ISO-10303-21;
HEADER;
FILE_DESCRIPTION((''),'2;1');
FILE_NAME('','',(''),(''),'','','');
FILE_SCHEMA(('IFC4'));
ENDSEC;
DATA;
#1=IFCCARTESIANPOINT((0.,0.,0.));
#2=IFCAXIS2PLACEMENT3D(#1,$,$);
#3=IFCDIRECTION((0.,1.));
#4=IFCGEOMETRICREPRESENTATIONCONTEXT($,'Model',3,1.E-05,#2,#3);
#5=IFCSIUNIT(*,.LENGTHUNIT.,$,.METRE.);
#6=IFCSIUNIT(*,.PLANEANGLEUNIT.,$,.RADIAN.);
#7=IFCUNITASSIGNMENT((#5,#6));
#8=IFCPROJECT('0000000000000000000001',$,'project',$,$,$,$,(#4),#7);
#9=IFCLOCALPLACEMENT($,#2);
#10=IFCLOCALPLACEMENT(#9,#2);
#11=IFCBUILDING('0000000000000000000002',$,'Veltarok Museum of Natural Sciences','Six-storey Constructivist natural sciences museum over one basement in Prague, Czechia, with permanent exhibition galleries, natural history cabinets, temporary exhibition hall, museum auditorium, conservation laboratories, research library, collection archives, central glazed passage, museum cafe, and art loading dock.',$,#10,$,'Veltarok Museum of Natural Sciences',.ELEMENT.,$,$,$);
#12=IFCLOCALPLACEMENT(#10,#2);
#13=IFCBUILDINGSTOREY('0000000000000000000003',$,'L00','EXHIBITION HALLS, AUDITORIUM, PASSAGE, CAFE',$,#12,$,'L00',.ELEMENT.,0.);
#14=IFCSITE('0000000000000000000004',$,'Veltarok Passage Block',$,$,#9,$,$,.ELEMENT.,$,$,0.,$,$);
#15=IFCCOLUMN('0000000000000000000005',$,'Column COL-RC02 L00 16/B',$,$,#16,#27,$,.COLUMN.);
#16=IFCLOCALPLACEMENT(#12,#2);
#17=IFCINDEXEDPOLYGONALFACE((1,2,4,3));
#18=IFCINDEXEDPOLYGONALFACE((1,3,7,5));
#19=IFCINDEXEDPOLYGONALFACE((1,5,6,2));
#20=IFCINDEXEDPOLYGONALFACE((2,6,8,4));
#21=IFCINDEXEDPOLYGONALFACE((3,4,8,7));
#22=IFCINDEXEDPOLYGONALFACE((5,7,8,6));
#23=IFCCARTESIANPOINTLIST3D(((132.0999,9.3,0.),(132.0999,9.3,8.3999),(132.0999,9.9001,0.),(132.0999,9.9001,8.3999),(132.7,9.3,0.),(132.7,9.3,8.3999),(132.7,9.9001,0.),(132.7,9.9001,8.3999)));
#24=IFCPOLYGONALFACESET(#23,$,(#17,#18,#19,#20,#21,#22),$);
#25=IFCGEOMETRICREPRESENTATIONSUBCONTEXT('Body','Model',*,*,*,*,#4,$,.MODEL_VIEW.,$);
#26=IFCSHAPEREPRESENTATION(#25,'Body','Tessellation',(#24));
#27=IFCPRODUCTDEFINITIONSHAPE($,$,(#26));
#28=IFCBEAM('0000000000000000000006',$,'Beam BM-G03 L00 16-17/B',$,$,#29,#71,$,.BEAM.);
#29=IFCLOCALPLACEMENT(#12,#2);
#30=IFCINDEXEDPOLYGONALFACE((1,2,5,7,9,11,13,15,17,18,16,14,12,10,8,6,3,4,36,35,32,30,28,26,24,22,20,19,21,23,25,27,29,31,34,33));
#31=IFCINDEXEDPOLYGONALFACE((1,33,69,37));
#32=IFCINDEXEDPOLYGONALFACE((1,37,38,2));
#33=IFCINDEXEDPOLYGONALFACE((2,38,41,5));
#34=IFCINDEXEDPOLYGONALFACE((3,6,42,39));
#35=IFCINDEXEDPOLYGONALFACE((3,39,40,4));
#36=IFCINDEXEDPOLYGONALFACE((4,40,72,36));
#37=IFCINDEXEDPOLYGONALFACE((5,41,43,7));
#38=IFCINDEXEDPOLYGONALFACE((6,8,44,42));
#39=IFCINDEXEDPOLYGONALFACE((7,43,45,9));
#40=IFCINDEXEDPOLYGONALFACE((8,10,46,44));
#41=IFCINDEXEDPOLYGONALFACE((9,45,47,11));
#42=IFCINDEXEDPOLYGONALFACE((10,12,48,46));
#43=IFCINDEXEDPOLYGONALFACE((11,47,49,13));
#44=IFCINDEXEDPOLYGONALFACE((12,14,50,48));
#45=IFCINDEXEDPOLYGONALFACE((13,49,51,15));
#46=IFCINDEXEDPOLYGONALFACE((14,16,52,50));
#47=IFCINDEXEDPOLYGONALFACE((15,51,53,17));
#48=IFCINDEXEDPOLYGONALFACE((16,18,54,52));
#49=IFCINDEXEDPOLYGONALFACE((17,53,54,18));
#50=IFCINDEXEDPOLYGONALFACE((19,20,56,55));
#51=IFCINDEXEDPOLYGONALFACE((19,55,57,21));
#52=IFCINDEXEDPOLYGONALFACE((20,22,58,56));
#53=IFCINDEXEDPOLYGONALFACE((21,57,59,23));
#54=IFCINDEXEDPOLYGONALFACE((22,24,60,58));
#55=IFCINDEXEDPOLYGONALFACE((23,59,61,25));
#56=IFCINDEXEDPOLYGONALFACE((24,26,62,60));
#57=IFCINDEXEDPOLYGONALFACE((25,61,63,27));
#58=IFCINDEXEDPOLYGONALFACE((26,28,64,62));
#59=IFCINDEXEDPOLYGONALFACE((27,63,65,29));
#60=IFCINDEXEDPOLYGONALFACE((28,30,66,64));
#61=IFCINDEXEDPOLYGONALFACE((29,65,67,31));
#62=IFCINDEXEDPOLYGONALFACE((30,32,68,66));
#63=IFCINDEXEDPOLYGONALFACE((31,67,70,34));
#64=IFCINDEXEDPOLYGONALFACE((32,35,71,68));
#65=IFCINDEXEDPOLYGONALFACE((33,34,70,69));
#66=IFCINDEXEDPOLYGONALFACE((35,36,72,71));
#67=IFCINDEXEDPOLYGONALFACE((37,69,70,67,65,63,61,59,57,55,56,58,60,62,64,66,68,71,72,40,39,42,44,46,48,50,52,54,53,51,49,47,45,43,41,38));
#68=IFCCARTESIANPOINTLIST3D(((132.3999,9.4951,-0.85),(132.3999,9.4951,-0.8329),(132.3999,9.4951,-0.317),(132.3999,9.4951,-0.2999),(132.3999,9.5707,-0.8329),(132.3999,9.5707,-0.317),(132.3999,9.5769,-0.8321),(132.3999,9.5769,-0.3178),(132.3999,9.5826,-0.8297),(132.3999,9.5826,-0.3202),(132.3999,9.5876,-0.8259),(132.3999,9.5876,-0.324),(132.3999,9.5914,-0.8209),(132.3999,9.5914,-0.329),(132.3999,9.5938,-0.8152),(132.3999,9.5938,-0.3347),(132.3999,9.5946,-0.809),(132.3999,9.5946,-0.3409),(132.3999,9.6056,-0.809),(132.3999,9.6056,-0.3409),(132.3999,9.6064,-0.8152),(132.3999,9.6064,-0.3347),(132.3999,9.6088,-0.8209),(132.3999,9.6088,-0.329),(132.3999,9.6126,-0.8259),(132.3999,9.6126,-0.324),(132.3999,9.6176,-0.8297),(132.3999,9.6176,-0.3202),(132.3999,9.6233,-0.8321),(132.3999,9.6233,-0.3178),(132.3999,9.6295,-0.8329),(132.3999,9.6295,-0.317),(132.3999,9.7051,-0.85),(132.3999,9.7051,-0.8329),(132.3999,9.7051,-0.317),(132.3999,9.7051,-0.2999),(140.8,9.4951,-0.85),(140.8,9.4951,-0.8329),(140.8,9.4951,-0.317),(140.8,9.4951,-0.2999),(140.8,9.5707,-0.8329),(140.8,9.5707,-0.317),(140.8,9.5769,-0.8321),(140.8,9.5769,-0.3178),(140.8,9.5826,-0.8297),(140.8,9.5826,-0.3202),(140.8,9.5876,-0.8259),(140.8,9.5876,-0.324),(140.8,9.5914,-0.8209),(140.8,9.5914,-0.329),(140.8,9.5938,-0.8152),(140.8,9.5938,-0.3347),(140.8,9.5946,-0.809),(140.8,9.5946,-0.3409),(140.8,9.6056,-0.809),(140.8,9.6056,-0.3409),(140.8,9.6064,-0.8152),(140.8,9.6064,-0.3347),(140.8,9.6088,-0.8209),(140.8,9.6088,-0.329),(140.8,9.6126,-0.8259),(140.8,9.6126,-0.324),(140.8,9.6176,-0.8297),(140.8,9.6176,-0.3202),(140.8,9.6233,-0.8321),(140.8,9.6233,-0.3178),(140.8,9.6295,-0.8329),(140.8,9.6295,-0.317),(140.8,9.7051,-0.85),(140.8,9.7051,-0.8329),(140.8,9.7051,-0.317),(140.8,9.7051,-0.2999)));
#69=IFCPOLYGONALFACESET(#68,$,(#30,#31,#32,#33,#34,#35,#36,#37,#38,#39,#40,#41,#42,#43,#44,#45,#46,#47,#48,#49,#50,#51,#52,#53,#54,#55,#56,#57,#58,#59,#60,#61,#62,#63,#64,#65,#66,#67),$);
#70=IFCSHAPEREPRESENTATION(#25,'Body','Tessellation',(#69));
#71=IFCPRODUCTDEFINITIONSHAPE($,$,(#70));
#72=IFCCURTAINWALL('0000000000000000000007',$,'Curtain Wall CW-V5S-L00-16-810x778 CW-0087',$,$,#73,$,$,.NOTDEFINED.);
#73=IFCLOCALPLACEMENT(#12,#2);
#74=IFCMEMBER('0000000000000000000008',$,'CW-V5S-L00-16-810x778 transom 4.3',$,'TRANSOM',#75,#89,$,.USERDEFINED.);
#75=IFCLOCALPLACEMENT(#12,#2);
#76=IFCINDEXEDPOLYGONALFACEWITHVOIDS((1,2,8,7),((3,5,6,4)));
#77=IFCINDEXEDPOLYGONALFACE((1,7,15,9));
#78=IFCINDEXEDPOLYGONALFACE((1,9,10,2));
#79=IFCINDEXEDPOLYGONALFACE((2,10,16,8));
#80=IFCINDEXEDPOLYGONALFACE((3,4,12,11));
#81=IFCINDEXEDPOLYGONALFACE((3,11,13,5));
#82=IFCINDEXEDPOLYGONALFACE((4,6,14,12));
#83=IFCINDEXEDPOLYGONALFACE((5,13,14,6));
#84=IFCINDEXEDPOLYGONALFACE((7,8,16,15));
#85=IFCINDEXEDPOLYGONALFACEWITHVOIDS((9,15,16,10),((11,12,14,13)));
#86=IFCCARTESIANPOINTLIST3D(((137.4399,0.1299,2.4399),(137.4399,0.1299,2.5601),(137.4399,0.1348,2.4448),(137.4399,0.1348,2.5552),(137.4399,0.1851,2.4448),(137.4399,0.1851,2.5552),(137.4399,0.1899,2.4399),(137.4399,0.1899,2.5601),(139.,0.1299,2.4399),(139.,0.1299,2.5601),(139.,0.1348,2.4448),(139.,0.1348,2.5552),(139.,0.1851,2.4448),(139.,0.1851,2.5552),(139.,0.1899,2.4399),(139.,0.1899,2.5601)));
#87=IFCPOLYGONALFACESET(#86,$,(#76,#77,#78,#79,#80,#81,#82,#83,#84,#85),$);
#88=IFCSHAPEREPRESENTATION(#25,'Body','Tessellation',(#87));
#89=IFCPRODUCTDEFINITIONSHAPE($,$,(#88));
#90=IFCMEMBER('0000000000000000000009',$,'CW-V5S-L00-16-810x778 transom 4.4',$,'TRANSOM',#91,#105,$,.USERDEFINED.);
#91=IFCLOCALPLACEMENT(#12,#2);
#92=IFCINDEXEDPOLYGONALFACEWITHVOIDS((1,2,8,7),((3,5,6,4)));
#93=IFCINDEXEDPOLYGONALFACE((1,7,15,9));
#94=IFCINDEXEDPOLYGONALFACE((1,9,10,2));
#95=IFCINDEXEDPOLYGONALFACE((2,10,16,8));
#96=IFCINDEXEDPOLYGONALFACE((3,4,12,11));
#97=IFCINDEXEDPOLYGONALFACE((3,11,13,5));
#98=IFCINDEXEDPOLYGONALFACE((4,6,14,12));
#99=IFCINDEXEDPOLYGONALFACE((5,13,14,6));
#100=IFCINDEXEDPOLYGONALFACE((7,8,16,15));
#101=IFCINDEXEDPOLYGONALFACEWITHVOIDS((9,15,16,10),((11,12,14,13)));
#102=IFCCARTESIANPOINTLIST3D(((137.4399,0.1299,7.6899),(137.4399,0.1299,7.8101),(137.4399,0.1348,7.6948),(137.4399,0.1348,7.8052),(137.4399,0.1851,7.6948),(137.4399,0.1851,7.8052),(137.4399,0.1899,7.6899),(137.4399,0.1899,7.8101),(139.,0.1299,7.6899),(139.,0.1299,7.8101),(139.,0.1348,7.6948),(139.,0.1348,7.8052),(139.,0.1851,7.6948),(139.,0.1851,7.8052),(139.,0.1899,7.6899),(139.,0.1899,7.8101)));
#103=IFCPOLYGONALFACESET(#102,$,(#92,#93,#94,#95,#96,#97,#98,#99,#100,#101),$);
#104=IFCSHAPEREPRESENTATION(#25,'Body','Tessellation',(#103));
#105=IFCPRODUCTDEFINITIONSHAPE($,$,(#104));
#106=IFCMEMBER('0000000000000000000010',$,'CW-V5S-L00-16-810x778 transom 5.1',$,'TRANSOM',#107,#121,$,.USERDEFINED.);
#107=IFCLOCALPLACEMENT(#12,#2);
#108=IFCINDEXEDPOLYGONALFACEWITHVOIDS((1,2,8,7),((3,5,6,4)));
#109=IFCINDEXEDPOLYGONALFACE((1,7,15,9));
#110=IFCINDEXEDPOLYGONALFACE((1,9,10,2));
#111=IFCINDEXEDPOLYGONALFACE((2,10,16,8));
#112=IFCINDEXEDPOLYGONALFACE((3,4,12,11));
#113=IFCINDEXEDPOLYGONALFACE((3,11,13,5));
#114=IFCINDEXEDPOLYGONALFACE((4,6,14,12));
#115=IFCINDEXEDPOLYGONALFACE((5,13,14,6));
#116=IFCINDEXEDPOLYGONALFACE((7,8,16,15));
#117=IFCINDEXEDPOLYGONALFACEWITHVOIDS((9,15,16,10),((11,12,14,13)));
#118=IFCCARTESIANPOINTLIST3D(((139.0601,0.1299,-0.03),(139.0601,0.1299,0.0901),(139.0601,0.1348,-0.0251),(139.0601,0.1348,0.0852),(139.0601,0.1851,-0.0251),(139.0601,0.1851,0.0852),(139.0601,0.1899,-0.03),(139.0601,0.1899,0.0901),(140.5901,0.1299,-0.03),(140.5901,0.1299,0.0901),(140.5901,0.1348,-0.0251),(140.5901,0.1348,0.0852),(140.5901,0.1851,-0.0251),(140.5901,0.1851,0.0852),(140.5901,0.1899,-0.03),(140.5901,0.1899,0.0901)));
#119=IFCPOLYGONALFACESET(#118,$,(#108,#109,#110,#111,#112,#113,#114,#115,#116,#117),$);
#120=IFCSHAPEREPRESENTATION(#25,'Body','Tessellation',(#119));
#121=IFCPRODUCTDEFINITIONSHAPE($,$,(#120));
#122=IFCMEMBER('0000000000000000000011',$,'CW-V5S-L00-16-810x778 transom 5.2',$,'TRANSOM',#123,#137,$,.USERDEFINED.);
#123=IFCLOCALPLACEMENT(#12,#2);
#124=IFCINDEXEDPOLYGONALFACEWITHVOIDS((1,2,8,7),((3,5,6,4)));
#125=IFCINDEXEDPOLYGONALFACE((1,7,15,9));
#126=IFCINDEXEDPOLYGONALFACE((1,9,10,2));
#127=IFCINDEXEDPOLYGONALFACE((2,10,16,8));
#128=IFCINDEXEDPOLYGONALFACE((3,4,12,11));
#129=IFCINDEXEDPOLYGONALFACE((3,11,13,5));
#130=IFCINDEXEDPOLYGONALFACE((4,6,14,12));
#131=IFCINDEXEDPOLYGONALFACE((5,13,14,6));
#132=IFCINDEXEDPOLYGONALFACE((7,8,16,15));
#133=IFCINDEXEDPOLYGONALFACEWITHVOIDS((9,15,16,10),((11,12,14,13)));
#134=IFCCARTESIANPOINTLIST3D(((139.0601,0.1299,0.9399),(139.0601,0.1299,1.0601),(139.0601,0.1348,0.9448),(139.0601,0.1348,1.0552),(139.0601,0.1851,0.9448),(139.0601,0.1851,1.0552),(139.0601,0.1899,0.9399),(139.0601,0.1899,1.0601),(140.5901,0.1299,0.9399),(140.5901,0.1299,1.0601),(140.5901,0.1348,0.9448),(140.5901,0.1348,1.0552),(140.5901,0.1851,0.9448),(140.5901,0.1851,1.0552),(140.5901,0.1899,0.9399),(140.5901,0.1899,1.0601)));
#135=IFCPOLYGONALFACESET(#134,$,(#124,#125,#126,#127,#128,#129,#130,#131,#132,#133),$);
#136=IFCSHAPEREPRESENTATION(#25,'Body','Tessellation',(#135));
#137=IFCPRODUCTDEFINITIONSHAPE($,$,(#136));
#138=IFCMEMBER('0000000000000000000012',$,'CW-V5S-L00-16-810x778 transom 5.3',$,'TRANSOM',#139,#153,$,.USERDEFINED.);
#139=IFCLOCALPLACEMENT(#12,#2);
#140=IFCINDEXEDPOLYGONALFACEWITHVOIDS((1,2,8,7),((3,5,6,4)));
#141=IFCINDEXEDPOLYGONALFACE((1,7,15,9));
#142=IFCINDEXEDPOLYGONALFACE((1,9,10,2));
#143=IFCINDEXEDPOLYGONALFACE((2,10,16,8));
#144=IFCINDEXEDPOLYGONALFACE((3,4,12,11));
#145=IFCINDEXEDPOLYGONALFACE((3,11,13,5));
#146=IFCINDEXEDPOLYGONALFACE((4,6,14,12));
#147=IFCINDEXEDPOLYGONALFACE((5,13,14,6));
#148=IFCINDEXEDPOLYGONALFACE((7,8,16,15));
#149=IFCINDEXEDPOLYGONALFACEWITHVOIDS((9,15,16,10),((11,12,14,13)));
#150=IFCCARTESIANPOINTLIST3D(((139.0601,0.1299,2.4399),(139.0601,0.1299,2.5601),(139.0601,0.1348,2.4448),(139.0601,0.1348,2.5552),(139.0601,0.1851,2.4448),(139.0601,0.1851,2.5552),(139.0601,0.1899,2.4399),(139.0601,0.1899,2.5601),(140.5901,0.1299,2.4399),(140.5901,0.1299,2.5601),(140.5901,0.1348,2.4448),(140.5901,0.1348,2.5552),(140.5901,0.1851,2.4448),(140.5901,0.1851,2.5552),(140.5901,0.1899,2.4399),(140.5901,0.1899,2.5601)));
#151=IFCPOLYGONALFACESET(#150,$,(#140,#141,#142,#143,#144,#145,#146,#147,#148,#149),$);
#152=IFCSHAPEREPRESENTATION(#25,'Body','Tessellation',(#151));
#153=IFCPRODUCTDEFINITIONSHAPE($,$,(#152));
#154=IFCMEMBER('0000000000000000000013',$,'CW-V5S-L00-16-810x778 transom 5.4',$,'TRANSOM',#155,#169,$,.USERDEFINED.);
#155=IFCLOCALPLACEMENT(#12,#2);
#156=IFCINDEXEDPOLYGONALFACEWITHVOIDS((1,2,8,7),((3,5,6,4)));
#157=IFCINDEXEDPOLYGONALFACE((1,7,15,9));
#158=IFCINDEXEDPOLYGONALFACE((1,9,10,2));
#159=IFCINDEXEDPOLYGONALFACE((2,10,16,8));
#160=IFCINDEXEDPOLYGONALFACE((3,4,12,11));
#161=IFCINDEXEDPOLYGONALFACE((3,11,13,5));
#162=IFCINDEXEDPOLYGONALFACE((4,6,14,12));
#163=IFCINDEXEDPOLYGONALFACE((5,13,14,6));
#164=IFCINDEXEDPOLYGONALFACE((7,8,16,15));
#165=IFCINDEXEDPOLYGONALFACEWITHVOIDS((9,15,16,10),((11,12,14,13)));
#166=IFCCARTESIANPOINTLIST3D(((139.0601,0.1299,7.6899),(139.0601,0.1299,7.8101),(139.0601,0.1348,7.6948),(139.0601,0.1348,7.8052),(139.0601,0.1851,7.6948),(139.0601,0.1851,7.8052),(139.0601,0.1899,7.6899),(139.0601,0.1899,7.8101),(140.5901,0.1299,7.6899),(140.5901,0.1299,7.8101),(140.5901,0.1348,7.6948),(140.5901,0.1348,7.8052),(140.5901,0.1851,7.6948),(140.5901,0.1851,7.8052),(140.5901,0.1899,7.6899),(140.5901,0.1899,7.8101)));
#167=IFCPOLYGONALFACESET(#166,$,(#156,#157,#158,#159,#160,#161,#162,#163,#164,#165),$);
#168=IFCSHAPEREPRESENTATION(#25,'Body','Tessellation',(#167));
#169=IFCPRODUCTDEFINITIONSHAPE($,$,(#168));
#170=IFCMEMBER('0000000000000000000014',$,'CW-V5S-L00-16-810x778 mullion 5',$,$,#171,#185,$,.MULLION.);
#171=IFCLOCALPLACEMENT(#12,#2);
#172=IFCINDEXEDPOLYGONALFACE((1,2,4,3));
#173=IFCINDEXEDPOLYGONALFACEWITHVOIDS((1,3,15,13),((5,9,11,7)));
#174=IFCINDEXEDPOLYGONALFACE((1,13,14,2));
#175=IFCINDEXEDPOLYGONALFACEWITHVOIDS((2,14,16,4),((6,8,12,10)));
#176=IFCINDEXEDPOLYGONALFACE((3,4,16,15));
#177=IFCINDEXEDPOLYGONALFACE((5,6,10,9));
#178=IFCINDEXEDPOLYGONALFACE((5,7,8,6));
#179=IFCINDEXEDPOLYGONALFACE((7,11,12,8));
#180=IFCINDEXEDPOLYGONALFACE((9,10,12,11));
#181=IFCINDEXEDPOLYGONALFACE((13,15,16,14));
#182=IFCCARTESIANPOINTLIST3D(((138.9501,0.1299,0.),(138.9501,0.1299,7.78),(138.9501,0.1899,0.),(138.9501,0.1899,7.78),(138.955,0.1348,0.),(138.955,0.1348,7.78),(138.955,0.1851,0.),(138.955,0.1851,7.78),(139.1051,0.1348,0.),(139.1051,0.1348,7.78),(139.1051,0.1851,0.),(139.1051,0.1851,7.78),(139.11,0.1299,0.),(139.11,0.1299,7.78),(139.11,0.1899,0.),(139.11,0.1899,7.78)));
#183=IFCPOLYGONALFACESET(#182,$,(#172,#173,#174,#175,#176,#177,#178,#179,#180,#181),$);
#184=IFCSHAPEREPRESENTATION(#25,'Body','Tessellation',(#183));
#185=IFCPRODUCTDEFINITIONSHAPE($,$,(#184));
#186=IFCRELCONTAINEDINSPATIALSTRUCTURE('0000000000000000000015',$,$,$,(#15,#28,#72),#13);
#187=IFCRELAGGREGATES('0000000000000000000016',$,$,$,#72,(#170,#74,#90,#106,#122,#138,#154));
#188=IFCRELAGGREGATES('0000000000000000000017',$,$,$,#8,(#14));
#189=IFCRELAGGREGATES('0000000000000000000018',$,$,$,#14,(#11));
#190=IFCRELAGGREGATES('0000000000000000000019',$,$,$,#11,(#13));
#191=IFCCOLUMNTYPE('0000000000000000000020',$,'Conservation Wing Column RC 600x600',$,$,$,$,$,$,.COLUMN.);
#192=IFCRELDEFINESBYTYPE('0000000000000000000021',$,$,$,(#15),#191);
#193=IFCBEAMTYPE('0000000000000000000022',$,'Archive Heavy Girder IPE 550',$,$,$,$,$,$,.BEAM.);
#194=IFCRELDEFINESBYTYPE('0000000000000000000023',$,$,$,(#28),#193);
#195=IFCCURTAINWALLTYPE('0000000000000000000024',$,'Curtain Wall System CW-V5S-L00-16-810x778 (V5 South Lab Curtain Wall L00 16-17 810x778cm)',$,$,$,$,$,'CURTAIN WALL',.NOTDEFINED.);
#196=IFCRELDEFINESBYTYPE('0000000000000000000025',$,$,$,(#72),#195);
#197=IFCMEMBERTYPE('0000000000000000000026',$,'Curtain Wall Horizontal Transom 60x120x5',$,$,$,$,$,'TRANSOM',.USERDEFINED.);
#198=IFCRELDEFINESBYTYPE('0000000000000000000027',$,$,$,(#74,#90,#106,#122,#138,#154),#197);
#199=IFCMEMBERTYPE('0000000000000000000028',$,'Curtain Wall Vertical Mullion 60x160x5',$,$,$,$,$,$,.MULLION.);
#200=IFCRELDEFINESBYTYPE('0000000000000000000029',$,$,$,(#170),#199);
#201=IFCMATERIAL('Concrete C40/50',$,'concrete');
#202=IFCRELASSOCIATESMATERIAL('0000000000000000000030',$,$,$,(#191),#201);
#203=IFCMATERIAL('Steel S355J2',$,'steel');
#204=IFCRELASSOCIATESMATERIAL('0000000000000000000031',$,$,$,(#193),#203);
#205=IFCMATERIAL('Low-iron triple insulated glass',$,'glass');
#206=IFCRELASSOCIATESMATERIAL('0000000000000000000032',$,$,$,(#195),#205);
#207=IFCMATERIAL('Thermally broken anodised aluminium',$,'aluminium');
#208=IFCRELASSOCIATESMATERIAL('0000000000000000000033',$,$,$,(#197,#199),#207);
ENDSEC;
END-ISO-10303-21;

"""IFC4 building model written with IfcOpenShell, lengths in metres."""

from ifc_helpers import new_model, si_unit, direction, frame, origin, origin_2d, place, context, subcontext, project, spatial, rectangle, hollow_rectangle, i_section, extrude, material, material_profile, profile_set, type_object, element, aggregate, save


model = new_model("IFC4")

# Units and contexts
model_context = context("Model", 3, precision=1e-05, world=origin(), true_north=direction((0.0, 1.0)))
body_context = subcontext(model_context, "Body", "Model", "MODEL_VIEW")
ifc_project = project(units=[si_unit("LENGTHUNIT", "METRE"), si_unit("PLANEANGLEUNIT", "RADIAN")], contexts=[model_context])

# Site, building, storey
site_placement = place(None, origin())
site = spatial("IfcSite", under=ifc_project, at=site_placement, Name="Veltarok Passage Block", CompositionType="ELEMENT", RefElevation=0.0)
building_placement = place(site_placement, origin())
building = spatial("IfcBuilding", under=site, at=building_placement, Name="Veltarok Museum of Natural Sciences", Description="Six-storey Constructivist natural sciences museum over one basement in Prague, Czechia, with permanent exhibition galleries, natural history cabinets, temporary exhibition hall, museum auditorium, conservation laboratories, research library, collection archives, central glazed passage, museum cafe, and art loading dock.", LongName="Veltarok Museum of Natural Sciences", CompositionType="ELEMENT")
storey_placement = place(building_placement, origin())
storey = spatial("IfcBuildingStorey", under=building, at=storey_placement, Name="L00", Description="EXHIBITION HALLS, AUDITORIUM, PASSAGE, CAFE", LongName="L00", CompositionType="ELEMENT", Elevation=0.0)

# Column
ifc_material_1 = material(Name="Concrete C40/50", Category="concrete")
ifc_material_profile_1 = material_profile(ifc_material_1, rectangle(XDim=0.6001, YDim=0.6001, at=origin_2d()), Name="RC 600x600")
ifc_profile_set_1 = profile_set([ifc_material_profile_1], Name="Concrete C40/50")
column_type = type_object("IfcColumnType", Name="Conservation Wing Column RC 600x600", PredefinedType="COLUMN", material=ifc_profile_set_1)
column_placement = place(storey_placement, frame((132.3999, 9.6001, 0.0), z_axis=(0.0, 0.0, 1.0), x_axis=(1.0, 0.0, 0.0)))
element("IfcColumn", 1, at=column_placement, inside=storey, type_object=column_type, Name="Column COL-RC02 L00 16/B", PredefinedType="COLUMN", context=body_context, shape_type="SweptSolid", body=[
    extrude(rectangle(XDim=0.6001, YDim=0.6001, at=origin_2d()), origin(), (0.0, 0.0, 1.0), 8.3999),
])

# Beam
ifc_material_2 = material(Name="Steel S355J2", Category="steel")
ifc_material_profile_2 = material_profile(ifc_material_2, i_section(OverallWidth=0.21, OverallDepth=0.55, WebThickness=0.011, FlangeThickness=0.0171, FilletRadius=0.0239, at=origin_2d()), Name="IPE 550")
ifc_profile_set_2 = profile_set([ifc_material_profile_2], Name="Steel S355J2")
beam_type_1 = type_object("IfcBeamType", Name="Archive Heavy Girder IPE 550", PredefinedType="BEAM", material=ifc_profile_set_2)
beam_1_placement = place(storey_placement, frame((132.3999, 9.6001, -0.575), z_axis=(1.0, 0.0, 0.0), x_axis=(0.0, 1.0, 0.0)))
element("IfcBeam", 2, at=beam_1_placement, inside=storey, type_object=beam_type_1, Name="Beam BM-G03 L00 16-17/B", PredefinedType="BEAM", context=body_context, shape_type="SweptSolid", body=[
    extrude(i_section(OverallWidth=0.21, OverallDepth=0.55, WebThickness=0.011, FlangeThickness=0.0171, FilletRadius=0.0239, at=origin_2d()), origin(), (0.0, 0.0, 1.0), 8.4001),
])

# Curtain wall, members
ifc_material_3 = material(Name="Low-iron triple insulated glass", Category="glass")
curtain_wall_type = type_object("IfcCurtainWallType", Name="Curtain Wall System CW-V5S-L00-16-810x778 (V5 South Lab Curtain Wall L00 16-17 810x778cm)", ElementType="CURTAIN WALL", PredefinedType="NOTDEFINED", material=ifc_material_3)
curtain_wall_placement = place(storey_placement, origin())
curtain_wall = element("IfcCurtainWall", 3, at=curtain_wall_placement, inside=storey, type_object=curtain_wall_type, Name="Curtain Wall CW-V5S-L00-16-810x778 CW-0087", PredefinedType="NOTDEFINED")
ifc_material_4 = material(Name="Thermally broken anodised aluminium", Category="aluminium")
ifc_material_profile_3 = material_profile(ifc_material_4, hollow_rectangle(XDim=0.0601, YDim=0.1201, WallThickness=0.0049, at=origin_2d()), Name="CW TRANSOM 60x120x5")
ifc_profile_set_3 = profile_set([ifc_material_profile_3], Name="Thermally broken anodised aluminium")
member_type_1 = type_object("IfcMemberType", Name="Curtain Wall Horizontal Transom 60x120x5", ElementType="TRANSOM", PredefinedType="USERDEFINED", material=ifc_profile_set_3)
member_1_placement = place(storey_placement, frame((137.4399, 0.1599, 2.5), z_axis=(1.0, 0.0, 0.0), x_axis=(0.0, 1.0, 0.0)))
member_1 = element("IfcMember", 4, at=member_1_placement, type_object=member_type_1, Name="CW-V5S-L00-16-810x778 transom 4.3", ObjectType="TRANSOM", PredefinedType="USERDEFINED", context=body_context, shape_type="SweptSolid", body=[
    extrude(hollow_rectangle(XDim=0.0601, YDim=0.1201, WallThickness=0.0049, at=origin_2d()), origin(), (0.0, 0.0, 1.0), 1.5601),
])
member_2_placement = place(storey_placement, frame((137.4399, 0.1599, 7.75), z_axis=(1.0, 0.0, 0.0), x_axis=(0.0, 1.0, 0.0)))
member_2 = element("IfcMember", 5, at=member_2_placement, type_object=member_type_1, Name="CW-V5S-L00-16-810x778 transom 4.4", ObjectType="TRANSOM", PredefinedType="USERDEFINED", context=body_context, shape_type="SweptSolid", body=[
    extrude(hollow_rectangle(XDim=0.0601, YDim=0.1201, WallThickness=0.0049, at=origin_2d()), origin(), (0.0, 0.0, 1.0), 1.5601),
])
member_3_placement = place(storey_placement, frame((139.0601, 0.1599, 0.03), z_axis=(1.0, 0.0, 0.0), x_axis=(0.0, 1.0, 0.0)))
member_3 = element("IfcMember", 6, at=member_3_placement, type_object=member_type_1, Name="CW-V5S-L00-16-810x778 transom 5.1", ObjectType="TRANSOM", PredefinedType="USERDEFINED", context=body_context, shape_type="SweptSolid", body=[
    extrude(hollow_rectangle(XDim=0.0601, YDim=0.1201, WallThickness=0.0049, at=origin_2d()), origin(), (0.0, 0.0, 1.0), 1.53),
])
member_4_placement = place(storey_placement, frame((139.0601, 0.1599, 1.0), z_axis=(1.0, 0.0, 0.0), x_axis=(0.0, 1.0, 0.0)))
member_4 = element("IfcMember", 7, at=member_4_placement, type_object=member_type_1, Name="CW-V5S-L00-16-810x778 transom 5.2", ObjectType="TRANSOM", PredefinedType="USERDEFINED", context=body_context, shape_type="SweptSolid", body=[
    extrude(hollow_rectangle(XDim=0.0601, YDim=0.1201, WallThickness=0.0049, at=origin_2d()), origin(), (0.0, 0.0, 1.0), 1.53),
])
member_5_placement = place(storey_placement, frame((139.0601, 0.1599, 2.5), z_axis=(1.0, 0.0, 0.0), x_axis=(0.0, 1.0, 0.0)))
member_5 = element("IfcMember", 8, at=member_5_placement, type_object=member_type_1, Name="CW-V5S-L00-16-810x778 transom 5.3", ObjectType="TRANSOM", PredefinedType="USERDEFINED", context=body_context, shape_type="SweptSolid", body=[
    extrude(hollow_rectangle(XDim=0.0601, YDim=0.1201, WallThickness=0.0049, at=origin_2d()), origin(), (0.0, 0.0, 1.0), 1.53),
])
member_6_placement = place(storey_placement, frame((139.0601, 0.1599, 7.75), z_axis=(1.0, 0.0, 0.0), x_axis=(0.0, 1.0, 0.0)))
member_6 = element("IfcMember", 9, at=member_6_placement, type_object=member_type_1, Name="CW-V5S-L00-16-810x778 transom 5.4", ObjectType="TRANSOM", PredefinedType="USERDEFINED", context=body_context, shape_type="SweptSolid", body=[
    extrude(hollow_rectangle(XDim=0.0601, YDim=0.1201, WallThickness=0.0049, at=origin_2d()), origin(), (0.0, 0.0, 1.0), 1.53),
])
ifc_material_profile_4 = material_profile(ifc_material_4, hollow_rectangle(XDim=0.0601, YDim=0.1599, WallThickness=0.0049, at=origin_2d()), Name="CW MULLION 60x160x5")
ifc_profile_set_4 = profile_set([ifc_material_profile_4], Name="Thermally broken anodised aluminium")
member_type_2 = type_object("IfcMemberType", Name="Curtain Wall Vertical Mullion 60x160x5", PredefinedType="MULLION", material=ifc_profile_set_4)
member_7_placement = place(storey_placement, frame((139.03, 0.1599, 0.0), z_axis=(0.0, 0.0, 1.0), x_axis=(0.0, 1.0, 0.0)))
member_7 = element("IfcMember", 10, at=member_7_placement, type_object=member_type_2, Name="CW-V5S-L00-16-810x778 mullion 5", PredefinedType="MULLION", context=body_context, shape_type="SweptSolid", body=[
    extrude(hollow_rectangle(XDim=0.0601, YDim=0.1599, WallThickness=0.0049, at=origin_2d()), origin(), (0.0, 0.0, 1.0), 7.78),
])

aggregate(curtain_wall, [member_7, member_1, member_2, member_3, member_4, member_5, member_6])

save(model, "model.ifc")
